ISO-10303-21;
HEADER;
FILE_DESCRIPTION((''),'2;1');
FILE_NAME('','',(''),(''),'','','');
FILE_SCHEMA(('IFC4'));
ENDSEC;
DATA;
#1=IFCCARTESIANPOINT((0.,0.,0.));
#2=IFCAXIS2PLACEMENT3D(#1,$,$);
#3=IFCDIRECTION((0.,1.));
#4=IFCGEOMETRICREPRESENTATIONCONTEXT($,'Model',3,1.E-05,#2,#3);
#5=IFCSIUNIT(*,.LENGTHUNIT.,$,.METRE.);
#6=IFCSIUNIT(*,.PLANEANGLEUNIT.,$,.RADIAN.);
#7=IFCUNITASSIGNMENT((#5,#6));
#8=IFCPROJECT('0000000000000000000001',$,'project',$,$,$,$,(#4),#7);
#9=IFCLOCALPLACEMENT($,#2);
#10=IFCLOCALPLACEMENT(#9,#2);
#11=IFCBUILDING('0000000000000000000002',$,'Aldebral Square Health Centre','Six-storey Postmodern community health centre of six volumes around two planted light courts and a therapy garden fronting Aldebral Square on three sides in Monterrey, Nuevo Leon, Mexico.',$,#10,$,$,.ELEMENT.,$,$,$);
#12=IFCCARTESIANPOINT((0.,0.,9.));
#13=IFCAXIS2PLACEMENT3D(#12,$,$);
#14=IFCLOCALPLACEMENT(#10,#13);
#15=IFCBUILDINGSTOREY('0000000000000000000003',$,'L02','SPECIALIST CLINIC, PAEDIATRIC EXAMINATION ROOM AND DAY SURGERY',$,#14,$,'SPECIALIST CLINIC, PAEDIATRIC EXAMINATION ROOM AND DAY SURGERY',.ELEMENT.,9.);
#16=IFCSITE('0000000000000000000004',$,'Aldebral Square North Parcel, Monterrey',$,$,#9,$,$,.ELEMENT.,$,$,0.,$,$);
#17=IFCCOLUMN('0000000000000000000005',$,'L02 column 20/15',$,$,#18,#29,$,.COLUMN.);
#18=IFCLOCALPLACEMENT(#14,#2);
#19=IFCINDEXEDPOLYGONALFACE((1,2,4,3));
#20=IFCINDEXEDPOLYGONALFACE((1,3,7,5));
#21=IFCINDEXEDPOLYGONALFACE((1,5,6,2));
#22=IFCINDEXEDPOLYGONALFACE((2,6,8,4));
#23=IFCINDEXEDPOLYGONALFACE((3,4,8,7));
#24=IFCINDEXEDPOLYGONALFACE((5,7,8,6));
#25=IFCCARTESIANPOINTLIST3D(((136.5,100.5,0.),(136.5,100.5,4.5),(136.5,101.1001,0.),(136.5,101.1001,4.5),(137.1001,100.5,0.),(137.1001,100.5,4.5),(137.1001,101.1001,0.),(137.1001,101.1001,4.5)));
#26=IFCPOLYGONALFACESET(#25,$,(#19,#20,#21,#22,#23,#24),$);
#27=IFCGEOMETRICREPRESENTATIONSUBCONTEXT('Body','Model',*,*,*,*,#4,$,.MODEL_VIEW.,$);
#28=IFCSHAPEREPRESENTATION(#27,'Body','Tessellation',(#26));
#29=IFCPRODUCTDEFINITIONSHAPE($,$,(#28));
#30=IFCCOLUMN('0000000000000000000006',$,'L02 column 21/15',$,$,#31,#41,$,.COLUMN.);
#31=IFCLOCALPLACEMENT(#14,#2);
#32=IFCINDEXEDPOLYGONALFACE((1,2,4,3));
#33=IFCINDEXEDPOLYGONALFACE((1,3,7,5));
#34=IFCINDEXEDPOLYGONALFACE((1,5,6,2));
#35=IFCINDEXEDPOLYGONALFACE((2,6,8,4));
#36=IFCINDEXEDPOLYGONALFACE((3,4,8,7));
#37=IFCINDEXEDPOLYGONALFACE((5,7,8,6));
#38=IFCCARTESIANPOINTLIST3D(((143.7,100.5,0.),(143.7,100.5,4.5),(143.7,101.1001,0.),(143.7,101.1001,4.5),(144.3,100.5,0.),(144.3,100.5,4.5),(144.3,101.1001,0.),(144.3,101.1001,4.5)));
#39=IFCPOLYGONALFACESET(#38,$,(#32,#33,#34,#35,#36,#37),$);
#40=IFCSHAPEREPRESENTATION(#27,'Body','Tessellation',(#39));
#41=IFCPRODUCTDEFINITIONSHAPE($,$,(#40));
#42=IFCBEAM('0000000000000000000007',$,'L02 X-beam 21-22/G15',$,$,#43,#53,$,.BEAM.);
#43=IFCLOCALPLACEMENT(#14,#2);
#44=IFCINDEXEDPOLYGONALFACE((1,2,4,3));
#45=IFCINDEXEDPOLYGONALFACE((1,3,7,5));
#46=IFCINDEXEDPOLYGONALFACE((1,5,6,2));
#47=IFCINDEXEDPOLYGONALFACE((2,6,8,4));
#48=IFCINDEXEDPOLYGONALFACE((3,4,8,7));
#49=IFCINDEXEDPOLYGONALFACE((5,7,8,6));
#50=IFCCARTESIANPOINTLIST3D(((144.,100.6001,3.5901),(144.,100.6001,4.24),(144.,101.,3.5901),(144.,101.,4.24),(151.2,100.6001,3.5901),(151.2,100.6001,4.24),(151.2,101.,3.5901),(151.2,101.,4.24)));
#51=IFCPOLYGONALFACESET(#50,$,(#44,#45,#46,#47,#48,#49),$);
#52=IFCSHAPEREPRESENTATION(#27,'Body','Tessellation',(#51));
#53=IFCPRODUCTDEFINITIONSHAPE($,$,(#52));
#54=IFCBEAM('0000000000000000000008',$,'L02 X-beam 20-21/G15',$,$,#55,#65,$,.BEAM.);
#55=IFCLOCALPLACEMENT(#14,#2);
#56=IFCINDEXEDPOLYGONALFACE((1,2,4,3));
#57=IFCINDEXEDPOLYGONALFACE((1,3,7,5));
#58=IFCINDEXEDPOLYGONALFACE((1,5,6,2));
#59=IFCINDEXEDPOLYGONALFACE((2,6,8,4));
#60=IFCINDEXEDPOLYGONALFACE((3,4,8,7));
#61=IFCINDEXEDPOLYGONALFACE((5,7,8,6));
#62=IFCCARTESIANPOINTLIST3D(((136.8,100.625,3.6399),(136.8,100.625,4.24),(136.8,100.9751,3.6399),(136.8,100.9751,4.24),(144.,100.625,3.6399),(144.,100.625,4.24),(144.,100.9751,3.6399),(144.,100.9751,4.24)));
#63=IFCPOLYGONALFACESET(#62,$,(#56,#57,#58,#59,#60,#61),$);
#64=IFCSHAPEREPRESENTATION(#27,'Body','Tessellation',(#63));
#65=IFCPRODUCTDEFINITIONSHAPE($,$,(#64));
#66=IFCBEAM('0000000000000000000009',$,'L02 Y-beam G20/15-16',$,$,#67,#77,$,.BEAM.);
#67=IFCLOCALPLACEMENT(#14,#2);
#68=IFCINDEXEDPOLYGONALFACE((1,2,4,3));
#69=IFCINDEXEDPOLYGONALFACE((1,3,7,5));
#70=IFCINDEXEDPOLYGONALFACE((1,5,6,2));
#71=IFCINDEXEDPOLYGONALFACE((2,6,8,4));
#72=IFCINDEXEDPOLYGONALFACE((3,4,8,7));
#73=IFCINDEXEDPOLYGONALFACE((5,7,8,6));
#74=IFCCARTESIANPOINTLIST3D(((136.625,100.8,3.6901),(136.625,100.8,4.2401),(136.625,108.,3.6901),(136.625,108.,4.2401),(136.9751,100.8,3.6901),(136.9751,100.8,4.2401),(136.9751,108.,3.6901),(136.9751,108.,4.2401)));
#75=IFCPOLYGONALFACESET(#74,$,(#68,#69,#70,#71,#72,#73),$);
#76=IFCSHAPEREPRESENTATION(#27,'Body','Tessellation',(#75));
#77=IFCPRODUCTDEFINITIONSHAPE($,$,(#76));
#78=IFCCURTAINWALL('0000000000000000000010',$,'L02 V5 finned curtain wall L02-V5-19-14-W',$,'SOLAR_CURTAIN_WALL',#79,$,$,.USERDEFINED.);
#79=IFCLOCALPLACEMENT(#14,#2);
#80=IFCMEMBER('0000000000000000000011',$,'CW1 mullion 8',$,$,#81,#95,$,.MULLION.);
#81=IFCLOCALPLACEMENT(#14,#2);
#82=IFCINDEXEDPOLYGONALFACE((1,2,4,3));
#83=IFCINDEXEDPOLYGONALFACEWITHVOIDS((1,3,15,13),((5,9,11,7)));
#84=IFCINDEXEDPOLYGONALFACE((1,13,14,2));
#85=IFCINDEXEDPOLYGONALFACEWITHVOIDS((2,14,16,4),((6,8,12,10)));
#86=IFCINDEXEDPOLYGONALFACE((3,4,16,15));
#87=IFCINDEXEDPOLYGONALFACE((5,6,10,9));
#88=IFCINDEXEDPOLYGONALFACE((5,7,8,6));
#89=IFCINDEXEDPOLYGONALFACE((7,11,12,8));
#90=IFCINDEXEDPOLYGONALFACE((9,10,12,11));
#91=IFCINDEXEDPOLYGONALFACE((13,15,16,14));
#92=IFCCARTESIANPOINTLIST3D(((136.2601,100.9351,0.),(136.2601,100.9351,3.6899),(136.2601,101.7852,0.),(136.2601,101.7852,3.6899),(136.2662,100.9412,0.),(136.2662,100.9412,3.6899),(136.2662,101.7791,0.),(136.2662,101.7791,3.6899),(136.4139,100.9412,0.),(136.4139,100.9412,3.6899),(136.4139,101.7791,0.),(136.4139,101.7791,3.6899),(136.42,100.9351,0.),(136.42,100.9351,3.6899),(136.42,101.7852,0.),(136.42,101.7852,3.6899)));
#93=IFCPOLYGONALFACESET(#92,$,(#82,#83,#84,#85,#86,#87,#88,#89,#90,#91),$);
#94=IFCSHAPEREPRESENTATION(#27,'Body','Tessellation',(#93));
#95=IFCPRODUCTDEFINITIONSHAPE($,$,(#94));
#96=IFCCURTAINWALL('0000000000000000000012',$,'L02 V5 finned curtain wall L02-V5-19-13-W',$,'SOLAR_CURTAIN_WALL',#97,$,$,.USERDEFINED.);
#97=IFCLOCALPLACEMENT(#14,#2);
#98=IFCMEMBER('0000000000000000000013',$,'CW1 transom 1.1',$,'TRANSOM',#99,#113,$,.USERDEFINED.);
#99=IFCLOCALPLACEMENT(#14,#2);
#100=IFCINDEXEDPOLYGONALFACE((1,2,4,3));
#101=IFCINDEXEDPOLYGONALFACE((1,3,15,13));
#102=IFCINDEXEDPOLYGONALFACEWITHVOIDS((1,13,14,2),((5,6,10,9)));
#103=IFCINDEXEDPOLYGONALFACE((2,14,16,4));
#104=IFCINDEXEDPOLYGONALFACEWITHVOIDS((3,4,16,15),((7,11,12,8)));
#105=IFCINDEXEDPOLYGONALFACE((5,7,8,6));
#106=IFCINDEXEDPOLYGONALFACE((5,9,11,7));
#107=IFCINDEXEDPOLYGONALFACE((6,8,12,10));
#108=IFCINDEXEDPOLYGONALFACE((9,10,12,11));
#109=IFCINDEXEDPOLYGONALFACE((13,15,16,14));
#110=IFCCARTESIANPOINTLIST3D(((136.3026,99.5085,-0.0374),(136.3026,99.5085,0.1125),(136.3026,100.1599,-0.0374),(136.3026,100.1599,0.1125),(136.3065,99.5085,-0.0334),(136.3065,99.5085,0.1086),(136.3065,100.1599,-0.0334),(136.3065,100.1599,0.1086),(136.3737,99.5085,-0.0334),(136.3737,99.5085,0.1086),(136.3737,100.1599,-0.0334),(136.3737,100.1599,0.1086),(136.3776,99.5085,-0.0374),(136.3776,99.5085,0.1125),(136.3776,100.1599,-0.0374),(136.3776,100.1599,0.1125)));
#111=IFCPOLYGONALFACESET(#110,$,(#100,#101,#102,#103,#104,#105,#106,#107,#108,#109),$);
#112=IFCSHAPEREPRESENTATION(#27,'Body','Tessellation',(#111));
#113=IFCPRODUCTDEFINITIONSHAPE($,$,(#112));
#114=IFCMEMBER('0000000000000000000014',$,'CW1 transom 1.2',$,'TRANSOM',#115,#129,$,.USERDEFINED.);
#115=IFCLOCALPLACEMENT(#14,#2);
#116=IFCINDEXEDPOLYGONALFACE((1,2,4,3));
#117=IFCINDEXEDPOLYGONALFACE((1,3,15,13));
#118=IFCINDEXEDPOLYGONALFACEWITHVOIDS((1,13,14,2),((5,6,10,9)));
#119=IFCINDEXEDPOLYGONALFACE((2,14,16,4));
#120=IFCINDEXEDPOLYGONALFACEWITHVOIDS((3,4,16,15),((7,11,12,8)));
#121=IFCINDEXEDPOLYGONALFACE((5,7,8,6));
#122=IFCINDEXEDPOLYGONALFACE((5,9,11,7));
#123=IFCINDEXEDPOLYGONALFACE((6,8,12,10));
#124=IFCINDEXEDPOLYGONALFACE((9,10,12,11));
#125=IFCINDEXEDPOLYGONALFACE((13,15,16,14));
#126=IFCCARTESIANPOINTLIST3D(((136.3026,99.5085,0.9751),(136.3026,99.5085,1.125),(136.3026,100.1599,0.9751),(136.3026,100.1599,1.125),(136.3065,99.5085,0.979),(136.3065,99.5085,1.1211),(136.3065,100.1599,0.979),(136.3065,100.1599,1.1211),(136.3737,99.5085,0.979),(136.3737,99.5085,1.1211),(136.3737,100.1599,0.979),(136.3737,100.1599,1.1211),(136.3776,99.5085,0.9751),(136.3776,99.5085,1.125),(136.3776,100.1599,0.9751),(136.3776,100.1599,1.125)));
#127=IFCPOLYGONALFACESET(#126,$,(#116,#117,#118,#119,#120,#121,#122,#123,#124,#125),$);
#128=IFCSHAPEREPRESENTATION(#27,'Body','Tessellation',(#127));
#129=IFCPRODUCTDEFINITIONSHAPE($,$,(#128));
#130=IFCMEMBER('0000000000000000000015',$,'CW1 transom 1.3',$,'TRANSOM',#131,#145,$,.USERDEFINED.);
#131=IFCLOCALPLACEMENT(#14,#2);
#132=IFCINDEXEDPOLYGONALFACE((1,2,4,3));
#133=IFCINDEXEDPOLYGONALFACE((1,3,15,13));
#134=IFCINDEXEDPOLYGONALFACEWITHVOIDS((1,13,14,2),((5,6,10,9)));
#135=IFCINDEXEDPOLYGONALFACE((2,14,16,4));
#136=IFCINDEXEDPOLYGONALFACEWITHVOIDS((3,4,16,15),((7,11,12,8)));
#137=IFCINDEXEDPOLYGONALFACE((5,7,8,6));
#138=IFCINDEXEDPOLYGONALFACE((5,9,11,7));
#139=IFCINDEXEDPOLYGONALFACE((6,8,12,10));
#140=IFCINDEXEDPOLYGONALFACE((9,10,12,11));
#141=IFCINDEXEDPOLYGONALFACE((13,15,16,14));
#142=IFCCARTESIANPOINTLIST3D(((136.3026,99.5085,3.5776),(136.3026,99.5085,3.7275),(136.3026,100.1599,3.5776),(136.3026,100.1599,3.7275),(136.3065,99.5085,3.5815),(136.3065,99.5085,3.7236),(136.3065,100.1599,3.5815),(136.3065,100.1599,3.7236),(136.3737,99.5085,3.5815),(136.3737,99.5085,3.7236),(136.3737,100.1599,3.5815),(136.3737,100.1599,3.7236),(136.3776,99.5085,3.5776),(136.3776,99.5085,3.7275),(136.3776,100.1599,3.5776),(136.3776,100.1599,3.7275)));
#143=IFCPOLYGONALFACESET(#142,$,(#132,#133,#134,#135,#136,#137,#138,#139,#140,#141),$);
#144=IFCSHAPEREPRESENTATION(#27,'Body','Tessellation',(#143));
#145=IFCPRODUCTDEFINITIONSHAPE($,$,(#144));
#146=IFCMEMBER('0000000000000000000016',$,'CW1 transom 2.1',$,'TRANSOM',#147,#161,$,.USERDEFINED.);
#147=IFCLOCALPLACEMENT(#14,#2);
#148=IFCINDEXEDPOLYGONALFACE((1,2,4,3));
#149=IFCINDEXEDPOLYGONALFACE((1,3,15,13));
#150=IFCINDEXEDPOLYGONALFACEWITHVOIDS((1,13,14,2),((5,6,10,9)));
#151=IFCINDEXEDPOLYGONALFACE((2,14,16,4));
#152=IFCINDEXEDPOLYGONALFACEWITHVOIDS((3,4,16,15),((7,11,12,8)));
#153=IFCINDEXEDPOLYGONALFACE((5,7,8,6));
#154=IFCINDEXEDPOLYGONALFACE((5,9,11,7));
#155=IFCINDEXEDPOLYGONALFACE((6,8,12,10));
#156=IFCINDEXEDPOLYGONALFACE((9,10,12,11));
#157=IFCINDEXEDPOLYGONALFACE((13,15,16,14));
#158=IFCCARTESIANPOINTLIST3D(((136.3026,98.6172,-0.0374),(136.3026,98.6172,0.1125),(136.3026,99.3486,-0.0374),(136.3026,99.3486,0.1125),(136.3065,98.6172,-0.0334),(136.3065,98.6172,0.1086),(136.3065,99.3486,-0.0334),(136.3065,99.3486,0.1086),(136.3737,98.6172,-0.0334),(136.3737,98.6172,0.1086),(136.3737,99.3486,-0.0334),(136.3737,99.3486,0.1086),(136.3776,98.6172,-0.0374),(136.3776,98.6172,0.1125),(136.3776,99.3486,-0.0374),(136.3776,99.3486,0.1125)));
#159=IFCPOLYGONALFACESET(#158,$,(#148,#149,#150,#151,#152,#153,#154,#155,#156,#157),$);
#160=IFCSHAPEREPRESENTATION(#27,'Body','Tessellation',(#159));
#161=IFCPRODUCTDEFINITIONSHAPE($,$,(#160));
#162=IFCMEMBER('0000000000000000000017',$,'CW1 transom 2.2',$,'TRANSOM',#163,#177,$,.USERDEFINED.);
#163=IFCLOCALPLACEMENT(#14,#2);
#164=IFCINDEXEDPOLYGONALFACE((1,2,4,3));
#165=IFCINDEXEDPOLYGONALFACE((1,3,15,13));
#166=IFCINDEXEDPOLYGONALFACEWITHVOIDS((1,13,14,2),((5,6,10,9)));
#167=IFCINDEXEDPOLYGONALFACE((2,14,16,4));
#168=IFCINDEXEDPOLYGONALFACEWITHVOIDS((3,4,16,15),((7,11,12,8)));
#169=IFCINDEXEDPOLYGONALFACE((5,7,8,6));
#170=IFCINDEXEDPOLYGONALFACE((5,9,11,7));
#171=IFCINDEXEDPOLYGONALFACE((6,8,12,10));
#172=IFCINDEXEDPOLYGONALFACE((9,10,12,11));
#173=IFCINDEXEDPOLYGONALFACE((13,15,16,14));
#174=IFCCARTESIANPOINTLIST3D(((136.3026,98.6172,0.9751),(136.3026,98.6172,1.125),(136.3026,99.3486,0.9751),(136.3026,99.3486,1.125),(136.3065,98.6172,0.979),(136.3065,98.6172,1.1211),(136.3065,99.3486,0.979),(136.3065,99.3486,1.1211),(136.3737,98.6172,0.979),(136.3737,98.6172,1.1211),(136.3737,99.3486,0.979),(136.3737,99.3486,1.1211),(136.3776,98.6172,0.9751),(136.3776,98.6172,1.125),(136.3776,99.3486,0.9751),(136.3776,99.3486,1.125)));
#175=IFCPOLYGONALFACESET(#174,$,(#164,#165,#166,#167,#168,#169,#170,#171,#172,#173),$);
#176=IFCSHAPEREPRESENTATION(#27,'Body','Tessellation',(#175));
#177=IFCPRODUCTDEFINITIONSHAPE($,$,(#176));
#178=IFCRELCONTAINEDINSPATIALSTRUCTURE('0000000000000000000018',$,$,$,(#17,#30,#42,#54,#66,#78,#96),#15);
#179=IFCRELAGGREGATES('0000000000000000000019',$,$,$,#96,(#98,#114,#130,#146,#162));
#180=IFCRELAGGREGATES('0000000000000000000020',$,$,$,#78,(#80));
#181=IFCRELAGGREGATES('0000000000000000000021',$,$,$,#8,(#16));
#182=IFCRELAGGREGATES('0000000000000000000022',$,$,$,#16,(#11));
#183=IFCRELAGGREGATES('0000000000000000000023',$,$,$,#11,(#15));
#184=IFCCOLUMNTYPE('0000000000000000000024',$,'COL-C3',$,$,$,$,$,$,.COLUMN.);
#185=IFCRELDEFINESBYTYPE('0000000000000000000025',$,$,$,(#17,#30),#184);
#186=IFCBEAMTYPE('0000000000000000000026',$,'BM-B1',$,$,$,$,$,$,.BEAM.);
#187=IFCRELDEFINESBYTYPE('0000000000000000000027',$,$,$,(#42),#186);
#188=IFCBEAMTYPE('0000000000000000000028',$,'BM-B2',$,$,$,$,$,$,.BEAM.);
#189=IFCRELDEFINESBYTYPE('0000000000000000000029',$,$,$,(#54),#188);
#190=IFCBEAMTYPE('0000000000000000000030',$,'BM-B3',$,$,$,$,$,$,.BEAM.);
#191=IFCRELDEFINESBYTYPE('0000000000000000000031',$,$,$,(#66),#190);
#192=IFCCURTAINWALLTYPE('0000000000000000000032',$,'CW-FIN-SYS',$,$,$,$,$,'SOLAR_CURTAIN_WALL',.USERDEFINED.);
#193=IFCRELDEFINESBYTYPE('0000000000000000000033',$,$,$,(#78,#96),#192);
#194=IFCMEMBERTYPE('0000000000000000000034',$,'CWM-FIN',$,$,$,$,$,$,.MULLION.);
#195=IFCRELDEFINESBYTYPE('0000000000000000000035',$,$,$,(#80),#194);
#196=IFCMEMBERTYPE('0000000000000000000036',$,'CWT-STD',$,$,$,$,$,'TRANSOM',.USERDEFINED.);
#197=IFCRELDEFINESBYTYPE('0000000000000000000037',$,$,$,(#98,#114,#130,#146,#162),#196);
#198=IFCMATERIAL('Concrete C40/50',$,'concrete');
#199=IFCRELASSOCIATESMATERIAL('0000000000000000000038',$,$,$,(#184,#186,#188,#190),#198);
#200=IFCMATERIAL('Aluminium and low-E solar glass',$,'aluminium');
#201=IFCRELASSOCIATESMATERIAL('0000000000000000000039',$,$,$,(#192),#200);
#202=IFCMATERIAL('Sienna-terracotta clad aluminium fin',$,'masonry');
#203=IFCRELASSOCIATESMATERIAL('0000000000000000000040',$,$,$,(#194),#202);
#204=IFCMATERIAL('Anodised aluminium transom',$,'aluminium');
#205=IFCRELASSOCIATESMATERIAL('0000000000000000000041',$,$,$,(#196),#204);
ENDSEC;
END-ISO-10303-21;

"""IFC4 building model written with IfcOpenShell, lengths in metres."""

from ifc_helpers import new_model, si_unit, direction, frame, origin, origin_2d, place, context, subcontext, project, spatial, rectangle, hollow_rectangle, extrude, material, material_profile, profile_set, type_object, element, aggregate, save


model = new_model("IFC4")

# Units and contexts
model_context = context("Model", 3, precision=1e-05, world=origin(), true_north=direction((0.0, 1.0)))
body_context = subcontext(model_context, "Body", "Model", "MODEL_VIEW")
ifc_project = project(units=[si_unit("LENGTHUNIT", "METRE"), si_unit("PLANEANGLEUNIT", "RADIAN")], contexts=[model_context])

# Site, building, storey
site_placement = place(None, origin())
site = spatial("IfcSite", under=ifc_project, at=site_placement, Name="Aldebral Square North Parcel, Monterrey", CompositionType="ELEMENT", RefElevation=0.0)
building_placement = place(site_placement, origin())
building = spatial("IfcBuilding", under=site, at=building_placement, Name="Aldebral Square Health Centre", Description="Six-storey Postmodern community health centre of six volumes around two planted light courts and a therapy garden fronting Aldebral Square on three sides in Monterrey, Nuevo Leon, Mexico.", CompositionType="ELEMENT")
storey_placement = place(building_placement, frame((0.0, 0.0, 9.0)))
storey = spatial("IfcBuildingStorey", under=building, at=storey_placement, Name="L02", Description="SPECIALIST CLINIC, PAEDIATRIC EXAMINATION ROOM AND DAY SURGERY", LongName="SPECIALIST CLINIC, PAEDIATRIC EXAMINATION ROOM AND DAY SURGERY", CompositionType="ELEMENT", Elevation=9.0)

# Columns
ifc_material_1 = material(Name="Concrete C40/50", Category="concrete")
ifc_material_profile_1 = material_profile(ifc_material_1, rectangle(XDim=0.6001, YDim=0.6001, at=origin_2d()), Name="RC 600x600")
ifc_profile_set_1 = profile_set([ifc_material_profile_1], Name="Concrete C40/50")
column_type = type_object("IfcColumnType", Name="COL-C3", PredefinedType="COLUMN", material=ifc_profile_set_1)
for number, where, z_axis, x_axis, name in (
    (1, (136.8, 100.8, 0.0), (0.0, 0.0, 1.0), (1.0, 0.0, 0.0), "L02 column 20/15"),
    (2, (144.0, 100.8, 0.0), (0.0, 0.0, 1.0), (1.0, 0.0, 0.0), "L02 column 21/15"),
):
    element("IfcColumn", number, at=place(storey_placement, frame(where, z_axis=z_axis, x_axis=x_axis)), inside=storey, type_object=column_type, Name=name, PredefinedType="COLUMN", context=body_context, shape_type="SweptSolid", body=[
        extrude(rectangle(XDim=0.6001, YDim=0.6001, at=origin_2d()), origin(), (0.0, 0.0, 1.0), 4.5),
    ])

# Beams
ifc_material_profile_2 = material_profile(ifc_material_1, rectangle(XDim=0.3999, YDim=0.6499, at=origin_2d()), Name="RC 400x650")
ifc_profile_set_2 = profile_set([ifc_material_profile_2], Name="Concrete C40/50")
beam_type_1 = type_object("IfcBeamType", Name="BM-B1", PredefinedType="BEAM", material=ifc_profile_set_2)
beam_1_placement = place(storey_placement, frame((144.0, 100.8, 3.915), z_axis=(1.0, 0.0, 0.0), x_axis=(0.0, 1.0, 0.0)))
element("IfcBeam", 3, at=beam_1_placement, inside=storey, type_object=beam_type_1, Name="L02 X-beam 21-22/G15", PredefinedType="BEAM", context=body_context, shape_type="SweptSolid", body=[
    extrude(rectangle(XDim=0.3999, YDim=0.6499, at=origin_2d()), origin(), (0.0, 0.0, 1.0), 7.2),
])
ifc_material_profile_3 = material_profile(ifc_material_1, rectangle(XDim=0.3501, YDim=0.6001, at=origin_2d()), Name="RC 350x600")
ifc_profile_set_3 = profile_set([ifc_material_profile_3], Name="Concrete C40/50")
beam_type_2 = type_object("IfcBeamType", Name="BM-B2", PredefinedType="BEAM", material=ifc_profile_set_3)
beam_2_placement = place(storey_placement, frame((136.8, 100.8, 3.9399), z_axis=(1.0, 0.0, 0.0), x_axis=(0.0, 1.0, 0.0)))
element("IfcBeam", 4, at=beam_2_placement, inside=storey, type_object=beam_type_2, Name="L02 X-beam 20-21/G15", PredefinedType="BEAM", context=body_context, shape_type="SweptSolid", body=[
    extrude(rectangle(XDim=0.3501, YDim=0.6001, at=origin_2d()), origin(), (0.0, 0.0, 1.0), 7.2),
])
ifc_material_profile_4 = material_profile(ifc_material_1, rectangle(XDim=0.3501, YDim=0.55, at=origin_2d()), Name="RC 350x550")
ifc_profile_set_4 = profile_set([ifc_material_profile_4], Name="Concrete C40/50")
beam_type_3 = type_object("IfcBeamType", Name="BM-B3", PredefinedType="BEAM", material=ifc_profile_set_4)
beam_3_placement = place(storey_placement, frame((136.8, 100.8, 3.9651), z_axis=(0.0, 1.0, 0.0), x_axis=(-1.0, 0.0, 0.0)))
element("IfcBeam", 5, at=beam_3_placement, inside=storey, type_object=beam_type_3, Name="L02 Y-beam G20/15-16", PredefinedType="BEAM", context=body_context, shape_type="SweptSolid", body=[
    extrude(rectangle(XDim=0.3501, YDim=0.55, at=origin_2d()), origin(), (0.0, 0.0, 1.0), 7.2),
])

# Curtain wall, member
ifc_material_2 = material(Name="Aluminium and low-E solar glass", Category="aluminium")
curtain_wall_type = type_object("IfcCurtainWallType", Name="CW-FIN-SYS", ElementType="SOLAR_CURTAIN_WALL", PredefinedType="USERDEFINED", material=ifc_material_2)
curtain_wall_1_placement = place(storey_placement, origin())
curtain_wall_1 = element("IfcCurtainWall", 6, at=curtain_wall_1_placement, inside=storey, type_object=curtain_wall_type, Name="L02 V5 finned curtain wall L02-V5-19-14-W", ObjectType="SOLAR_CURTAIN_WALL", PredefinedType="USERDEFINED")
ifc_material_3 = material(Name="Sienna-terracotta clad aluminium fin", Category="masonry")
ifc_material_profile_5 = material_profile(ifc_material_3, hollow_rectangle(XDim=0.1599, YDim=0.8501, WallThickness=0.0061, at=origin_2d()), Name="FIN 160x850x6")
ifc_profile_set_5 = profile_set([ifc_material_profile_5], Name="Sienna-terracotta clad aluminium fin")
member_type_1 = type_object("IfcMemberType", Name="CWM-FIN", PredefinedType="MULLION", material=ifc_profile_set_5)
member_1_placement = place(storey_placement, frame((136.3401, 101.3601, 0.0), z_axis=(0.0, 0.0, 1.0), x_axis=(1.0, 0.0, 0.0)))
member_1 = element("IfcMember", 7, at=member_1_placement, type_object=member_type_1, Name="CW1 mullion 8", PredefinedType="MULLION", context=body_context, shape_type="SweptSolid", body=[
    extrude(hollow_rectangle(XDim=0.1599, YDim=0.8501, WallThickness=0.0061, at=origin_2d()), origin(), (0.0, 0.0, 1.0), 3.6899),
])

# Curtain wall, members
curtain_wall_2_placement = place(storey_placement, origin())
curtain_wall_2 = element("IfcCurtainWall", 8, at=curtain_wall_2_placement, inside=storey, type_object=curtain_wall_type, Name="L02 V5 finned curtain wall L02-V5-19-13-W", ObjectType="SOLAR_CURTAIN_WALL", PredefinedType="USERDEFINED")
ifc_material_4 = material(Name="Anodised aluminium transom", Category="aluminium")
ifc_material_profile_6 = material_profile(ifc_material_4, hollow_rectangle(XDim=0.075, YDim=0.1499, WallThickness=0.0039, at=origin_2d()), Name="CWT 75x150x4")
ifc_profile_set_6 = profile_set([ifc_material_profile_6], Name="Anodised aluminium transom")
member_type_2 = type_object("IfcMemberType", Name="CWT-STD", ElementType="TRANSOM", PredefinedType="USERDEFINED", material=ifc_profile_set_6)
member_2_placement = place(storey_placement, frame((136.3401, 100.1599, 0.0376), z_axis=(0.0, -1.0, 0.0), x_axis=(1.0, 0.0, 0.0)))
member_2 = element("IfcMember", 9, at=member_2_placement, type_object=member_type_2, Name="CW1 transom 1.1", ObjectType="TRANSOM", PredefinedType="USERDEFINED", context=body_context, shape_type="SweptSolid", body=[
    extrude(hollow_rectangle(XDim=0.075, YDim=0.1499, WallThickness=0.0039, at=origin_2d()), origin(), (0.0, 0.0, 1.0), 0.6514),
])
member_3_placement = place(storey_placement, frame((136.3401, 100.1599, 1.05), z_axis=(0.0, -1.0, 0.0), x_axis=(1.0, 0.0, 0.0)))
member_3 = element("IfcMember", 10, at=member_3_placement, type_object=member_type_2, Name="CW1 transom 1.2", ObjectType="TRANSOM", PredefinedType="USERDEFINED", context=body_context, shape_type="SweptSolid", body=[
    extrude(hollow_rectangle(XDim=0.075, YDim=0.1499, WallThickness=0.0039, at=origin_2d()), origin(), (0.0, 0.0, 1.0), 0.6514),
])
member_4_placement = place(storey_placement, frame((136.3401, 100.1599, 3.6526), z_axis=(0.0, -1.0, 0.0), x_axis=(1.0, 0.0, 0.0)))
member_4 = element("IfcMember", 11, at=member_4_placement, type_object=member_type_2, Name="CW1 transom 1.3", ObjectType="TRANSOM", PredefinedType="USERDEFINED", context=body_context, shape_type="SweptSolid", body=[
    extrude(hollow_rectangle(XDim=0.075, YDim=0.1499, WallThickness=0.0039, at=origin_2d()), origin(), (0.0, 0.0, 1.0), 0.6514),
])
member_5_placement = place(storey_placement, frame((136.3401, 99.3486, 0.0376), z_axis=(0.0, -1.0, 0.0), x_axis=(1.0, 0.0, 0.0)))
member_5 = element("IfcMember", 12, at=member_5_placement, type_object=member_type_2, Name="CW1 transom 2.1", ObjectType="TRANSOM", PredefinedType="USERDEFINED", context=body_context, shape_type="SweptSolid", body=[
    extrude(hollow_rectangle(XDim=0.075, YDim=0.1499, WallThickness=0.0039, at=origin_2d()), origin(), (0.0, 0.0, 1.0), 0.7314),
])
member_6_placement = place(storey_placement, frame((136.3401, 99.3486, 1.05), z_axis=(0.0, -1.0, 0.0), x_axis=(1.0, 0.0, 0.0)))
member_6 = element("IfcMember", 13, at=member_6_placement, type_object=member_type_2, Name="CW1 transom 2.2", ObjectType="TRANSOM", PredefinedType="USERDEFINED", context=body_context, shape_type="SweptSolid", body=[
    extrude(hollow_rectangle(XDim=0.075, YDim=0.1499, WallThickness=0.0039, at=origin_2d()), origin(), (0.0, 0.0, 1.0), 0.7314),
])
aggregate(curtain_wall_2, [member_2, member_3, member_4, member_5, member_6])

aggregate(curtain_wall_1, [member_1])

save(model, "model.ifc")
